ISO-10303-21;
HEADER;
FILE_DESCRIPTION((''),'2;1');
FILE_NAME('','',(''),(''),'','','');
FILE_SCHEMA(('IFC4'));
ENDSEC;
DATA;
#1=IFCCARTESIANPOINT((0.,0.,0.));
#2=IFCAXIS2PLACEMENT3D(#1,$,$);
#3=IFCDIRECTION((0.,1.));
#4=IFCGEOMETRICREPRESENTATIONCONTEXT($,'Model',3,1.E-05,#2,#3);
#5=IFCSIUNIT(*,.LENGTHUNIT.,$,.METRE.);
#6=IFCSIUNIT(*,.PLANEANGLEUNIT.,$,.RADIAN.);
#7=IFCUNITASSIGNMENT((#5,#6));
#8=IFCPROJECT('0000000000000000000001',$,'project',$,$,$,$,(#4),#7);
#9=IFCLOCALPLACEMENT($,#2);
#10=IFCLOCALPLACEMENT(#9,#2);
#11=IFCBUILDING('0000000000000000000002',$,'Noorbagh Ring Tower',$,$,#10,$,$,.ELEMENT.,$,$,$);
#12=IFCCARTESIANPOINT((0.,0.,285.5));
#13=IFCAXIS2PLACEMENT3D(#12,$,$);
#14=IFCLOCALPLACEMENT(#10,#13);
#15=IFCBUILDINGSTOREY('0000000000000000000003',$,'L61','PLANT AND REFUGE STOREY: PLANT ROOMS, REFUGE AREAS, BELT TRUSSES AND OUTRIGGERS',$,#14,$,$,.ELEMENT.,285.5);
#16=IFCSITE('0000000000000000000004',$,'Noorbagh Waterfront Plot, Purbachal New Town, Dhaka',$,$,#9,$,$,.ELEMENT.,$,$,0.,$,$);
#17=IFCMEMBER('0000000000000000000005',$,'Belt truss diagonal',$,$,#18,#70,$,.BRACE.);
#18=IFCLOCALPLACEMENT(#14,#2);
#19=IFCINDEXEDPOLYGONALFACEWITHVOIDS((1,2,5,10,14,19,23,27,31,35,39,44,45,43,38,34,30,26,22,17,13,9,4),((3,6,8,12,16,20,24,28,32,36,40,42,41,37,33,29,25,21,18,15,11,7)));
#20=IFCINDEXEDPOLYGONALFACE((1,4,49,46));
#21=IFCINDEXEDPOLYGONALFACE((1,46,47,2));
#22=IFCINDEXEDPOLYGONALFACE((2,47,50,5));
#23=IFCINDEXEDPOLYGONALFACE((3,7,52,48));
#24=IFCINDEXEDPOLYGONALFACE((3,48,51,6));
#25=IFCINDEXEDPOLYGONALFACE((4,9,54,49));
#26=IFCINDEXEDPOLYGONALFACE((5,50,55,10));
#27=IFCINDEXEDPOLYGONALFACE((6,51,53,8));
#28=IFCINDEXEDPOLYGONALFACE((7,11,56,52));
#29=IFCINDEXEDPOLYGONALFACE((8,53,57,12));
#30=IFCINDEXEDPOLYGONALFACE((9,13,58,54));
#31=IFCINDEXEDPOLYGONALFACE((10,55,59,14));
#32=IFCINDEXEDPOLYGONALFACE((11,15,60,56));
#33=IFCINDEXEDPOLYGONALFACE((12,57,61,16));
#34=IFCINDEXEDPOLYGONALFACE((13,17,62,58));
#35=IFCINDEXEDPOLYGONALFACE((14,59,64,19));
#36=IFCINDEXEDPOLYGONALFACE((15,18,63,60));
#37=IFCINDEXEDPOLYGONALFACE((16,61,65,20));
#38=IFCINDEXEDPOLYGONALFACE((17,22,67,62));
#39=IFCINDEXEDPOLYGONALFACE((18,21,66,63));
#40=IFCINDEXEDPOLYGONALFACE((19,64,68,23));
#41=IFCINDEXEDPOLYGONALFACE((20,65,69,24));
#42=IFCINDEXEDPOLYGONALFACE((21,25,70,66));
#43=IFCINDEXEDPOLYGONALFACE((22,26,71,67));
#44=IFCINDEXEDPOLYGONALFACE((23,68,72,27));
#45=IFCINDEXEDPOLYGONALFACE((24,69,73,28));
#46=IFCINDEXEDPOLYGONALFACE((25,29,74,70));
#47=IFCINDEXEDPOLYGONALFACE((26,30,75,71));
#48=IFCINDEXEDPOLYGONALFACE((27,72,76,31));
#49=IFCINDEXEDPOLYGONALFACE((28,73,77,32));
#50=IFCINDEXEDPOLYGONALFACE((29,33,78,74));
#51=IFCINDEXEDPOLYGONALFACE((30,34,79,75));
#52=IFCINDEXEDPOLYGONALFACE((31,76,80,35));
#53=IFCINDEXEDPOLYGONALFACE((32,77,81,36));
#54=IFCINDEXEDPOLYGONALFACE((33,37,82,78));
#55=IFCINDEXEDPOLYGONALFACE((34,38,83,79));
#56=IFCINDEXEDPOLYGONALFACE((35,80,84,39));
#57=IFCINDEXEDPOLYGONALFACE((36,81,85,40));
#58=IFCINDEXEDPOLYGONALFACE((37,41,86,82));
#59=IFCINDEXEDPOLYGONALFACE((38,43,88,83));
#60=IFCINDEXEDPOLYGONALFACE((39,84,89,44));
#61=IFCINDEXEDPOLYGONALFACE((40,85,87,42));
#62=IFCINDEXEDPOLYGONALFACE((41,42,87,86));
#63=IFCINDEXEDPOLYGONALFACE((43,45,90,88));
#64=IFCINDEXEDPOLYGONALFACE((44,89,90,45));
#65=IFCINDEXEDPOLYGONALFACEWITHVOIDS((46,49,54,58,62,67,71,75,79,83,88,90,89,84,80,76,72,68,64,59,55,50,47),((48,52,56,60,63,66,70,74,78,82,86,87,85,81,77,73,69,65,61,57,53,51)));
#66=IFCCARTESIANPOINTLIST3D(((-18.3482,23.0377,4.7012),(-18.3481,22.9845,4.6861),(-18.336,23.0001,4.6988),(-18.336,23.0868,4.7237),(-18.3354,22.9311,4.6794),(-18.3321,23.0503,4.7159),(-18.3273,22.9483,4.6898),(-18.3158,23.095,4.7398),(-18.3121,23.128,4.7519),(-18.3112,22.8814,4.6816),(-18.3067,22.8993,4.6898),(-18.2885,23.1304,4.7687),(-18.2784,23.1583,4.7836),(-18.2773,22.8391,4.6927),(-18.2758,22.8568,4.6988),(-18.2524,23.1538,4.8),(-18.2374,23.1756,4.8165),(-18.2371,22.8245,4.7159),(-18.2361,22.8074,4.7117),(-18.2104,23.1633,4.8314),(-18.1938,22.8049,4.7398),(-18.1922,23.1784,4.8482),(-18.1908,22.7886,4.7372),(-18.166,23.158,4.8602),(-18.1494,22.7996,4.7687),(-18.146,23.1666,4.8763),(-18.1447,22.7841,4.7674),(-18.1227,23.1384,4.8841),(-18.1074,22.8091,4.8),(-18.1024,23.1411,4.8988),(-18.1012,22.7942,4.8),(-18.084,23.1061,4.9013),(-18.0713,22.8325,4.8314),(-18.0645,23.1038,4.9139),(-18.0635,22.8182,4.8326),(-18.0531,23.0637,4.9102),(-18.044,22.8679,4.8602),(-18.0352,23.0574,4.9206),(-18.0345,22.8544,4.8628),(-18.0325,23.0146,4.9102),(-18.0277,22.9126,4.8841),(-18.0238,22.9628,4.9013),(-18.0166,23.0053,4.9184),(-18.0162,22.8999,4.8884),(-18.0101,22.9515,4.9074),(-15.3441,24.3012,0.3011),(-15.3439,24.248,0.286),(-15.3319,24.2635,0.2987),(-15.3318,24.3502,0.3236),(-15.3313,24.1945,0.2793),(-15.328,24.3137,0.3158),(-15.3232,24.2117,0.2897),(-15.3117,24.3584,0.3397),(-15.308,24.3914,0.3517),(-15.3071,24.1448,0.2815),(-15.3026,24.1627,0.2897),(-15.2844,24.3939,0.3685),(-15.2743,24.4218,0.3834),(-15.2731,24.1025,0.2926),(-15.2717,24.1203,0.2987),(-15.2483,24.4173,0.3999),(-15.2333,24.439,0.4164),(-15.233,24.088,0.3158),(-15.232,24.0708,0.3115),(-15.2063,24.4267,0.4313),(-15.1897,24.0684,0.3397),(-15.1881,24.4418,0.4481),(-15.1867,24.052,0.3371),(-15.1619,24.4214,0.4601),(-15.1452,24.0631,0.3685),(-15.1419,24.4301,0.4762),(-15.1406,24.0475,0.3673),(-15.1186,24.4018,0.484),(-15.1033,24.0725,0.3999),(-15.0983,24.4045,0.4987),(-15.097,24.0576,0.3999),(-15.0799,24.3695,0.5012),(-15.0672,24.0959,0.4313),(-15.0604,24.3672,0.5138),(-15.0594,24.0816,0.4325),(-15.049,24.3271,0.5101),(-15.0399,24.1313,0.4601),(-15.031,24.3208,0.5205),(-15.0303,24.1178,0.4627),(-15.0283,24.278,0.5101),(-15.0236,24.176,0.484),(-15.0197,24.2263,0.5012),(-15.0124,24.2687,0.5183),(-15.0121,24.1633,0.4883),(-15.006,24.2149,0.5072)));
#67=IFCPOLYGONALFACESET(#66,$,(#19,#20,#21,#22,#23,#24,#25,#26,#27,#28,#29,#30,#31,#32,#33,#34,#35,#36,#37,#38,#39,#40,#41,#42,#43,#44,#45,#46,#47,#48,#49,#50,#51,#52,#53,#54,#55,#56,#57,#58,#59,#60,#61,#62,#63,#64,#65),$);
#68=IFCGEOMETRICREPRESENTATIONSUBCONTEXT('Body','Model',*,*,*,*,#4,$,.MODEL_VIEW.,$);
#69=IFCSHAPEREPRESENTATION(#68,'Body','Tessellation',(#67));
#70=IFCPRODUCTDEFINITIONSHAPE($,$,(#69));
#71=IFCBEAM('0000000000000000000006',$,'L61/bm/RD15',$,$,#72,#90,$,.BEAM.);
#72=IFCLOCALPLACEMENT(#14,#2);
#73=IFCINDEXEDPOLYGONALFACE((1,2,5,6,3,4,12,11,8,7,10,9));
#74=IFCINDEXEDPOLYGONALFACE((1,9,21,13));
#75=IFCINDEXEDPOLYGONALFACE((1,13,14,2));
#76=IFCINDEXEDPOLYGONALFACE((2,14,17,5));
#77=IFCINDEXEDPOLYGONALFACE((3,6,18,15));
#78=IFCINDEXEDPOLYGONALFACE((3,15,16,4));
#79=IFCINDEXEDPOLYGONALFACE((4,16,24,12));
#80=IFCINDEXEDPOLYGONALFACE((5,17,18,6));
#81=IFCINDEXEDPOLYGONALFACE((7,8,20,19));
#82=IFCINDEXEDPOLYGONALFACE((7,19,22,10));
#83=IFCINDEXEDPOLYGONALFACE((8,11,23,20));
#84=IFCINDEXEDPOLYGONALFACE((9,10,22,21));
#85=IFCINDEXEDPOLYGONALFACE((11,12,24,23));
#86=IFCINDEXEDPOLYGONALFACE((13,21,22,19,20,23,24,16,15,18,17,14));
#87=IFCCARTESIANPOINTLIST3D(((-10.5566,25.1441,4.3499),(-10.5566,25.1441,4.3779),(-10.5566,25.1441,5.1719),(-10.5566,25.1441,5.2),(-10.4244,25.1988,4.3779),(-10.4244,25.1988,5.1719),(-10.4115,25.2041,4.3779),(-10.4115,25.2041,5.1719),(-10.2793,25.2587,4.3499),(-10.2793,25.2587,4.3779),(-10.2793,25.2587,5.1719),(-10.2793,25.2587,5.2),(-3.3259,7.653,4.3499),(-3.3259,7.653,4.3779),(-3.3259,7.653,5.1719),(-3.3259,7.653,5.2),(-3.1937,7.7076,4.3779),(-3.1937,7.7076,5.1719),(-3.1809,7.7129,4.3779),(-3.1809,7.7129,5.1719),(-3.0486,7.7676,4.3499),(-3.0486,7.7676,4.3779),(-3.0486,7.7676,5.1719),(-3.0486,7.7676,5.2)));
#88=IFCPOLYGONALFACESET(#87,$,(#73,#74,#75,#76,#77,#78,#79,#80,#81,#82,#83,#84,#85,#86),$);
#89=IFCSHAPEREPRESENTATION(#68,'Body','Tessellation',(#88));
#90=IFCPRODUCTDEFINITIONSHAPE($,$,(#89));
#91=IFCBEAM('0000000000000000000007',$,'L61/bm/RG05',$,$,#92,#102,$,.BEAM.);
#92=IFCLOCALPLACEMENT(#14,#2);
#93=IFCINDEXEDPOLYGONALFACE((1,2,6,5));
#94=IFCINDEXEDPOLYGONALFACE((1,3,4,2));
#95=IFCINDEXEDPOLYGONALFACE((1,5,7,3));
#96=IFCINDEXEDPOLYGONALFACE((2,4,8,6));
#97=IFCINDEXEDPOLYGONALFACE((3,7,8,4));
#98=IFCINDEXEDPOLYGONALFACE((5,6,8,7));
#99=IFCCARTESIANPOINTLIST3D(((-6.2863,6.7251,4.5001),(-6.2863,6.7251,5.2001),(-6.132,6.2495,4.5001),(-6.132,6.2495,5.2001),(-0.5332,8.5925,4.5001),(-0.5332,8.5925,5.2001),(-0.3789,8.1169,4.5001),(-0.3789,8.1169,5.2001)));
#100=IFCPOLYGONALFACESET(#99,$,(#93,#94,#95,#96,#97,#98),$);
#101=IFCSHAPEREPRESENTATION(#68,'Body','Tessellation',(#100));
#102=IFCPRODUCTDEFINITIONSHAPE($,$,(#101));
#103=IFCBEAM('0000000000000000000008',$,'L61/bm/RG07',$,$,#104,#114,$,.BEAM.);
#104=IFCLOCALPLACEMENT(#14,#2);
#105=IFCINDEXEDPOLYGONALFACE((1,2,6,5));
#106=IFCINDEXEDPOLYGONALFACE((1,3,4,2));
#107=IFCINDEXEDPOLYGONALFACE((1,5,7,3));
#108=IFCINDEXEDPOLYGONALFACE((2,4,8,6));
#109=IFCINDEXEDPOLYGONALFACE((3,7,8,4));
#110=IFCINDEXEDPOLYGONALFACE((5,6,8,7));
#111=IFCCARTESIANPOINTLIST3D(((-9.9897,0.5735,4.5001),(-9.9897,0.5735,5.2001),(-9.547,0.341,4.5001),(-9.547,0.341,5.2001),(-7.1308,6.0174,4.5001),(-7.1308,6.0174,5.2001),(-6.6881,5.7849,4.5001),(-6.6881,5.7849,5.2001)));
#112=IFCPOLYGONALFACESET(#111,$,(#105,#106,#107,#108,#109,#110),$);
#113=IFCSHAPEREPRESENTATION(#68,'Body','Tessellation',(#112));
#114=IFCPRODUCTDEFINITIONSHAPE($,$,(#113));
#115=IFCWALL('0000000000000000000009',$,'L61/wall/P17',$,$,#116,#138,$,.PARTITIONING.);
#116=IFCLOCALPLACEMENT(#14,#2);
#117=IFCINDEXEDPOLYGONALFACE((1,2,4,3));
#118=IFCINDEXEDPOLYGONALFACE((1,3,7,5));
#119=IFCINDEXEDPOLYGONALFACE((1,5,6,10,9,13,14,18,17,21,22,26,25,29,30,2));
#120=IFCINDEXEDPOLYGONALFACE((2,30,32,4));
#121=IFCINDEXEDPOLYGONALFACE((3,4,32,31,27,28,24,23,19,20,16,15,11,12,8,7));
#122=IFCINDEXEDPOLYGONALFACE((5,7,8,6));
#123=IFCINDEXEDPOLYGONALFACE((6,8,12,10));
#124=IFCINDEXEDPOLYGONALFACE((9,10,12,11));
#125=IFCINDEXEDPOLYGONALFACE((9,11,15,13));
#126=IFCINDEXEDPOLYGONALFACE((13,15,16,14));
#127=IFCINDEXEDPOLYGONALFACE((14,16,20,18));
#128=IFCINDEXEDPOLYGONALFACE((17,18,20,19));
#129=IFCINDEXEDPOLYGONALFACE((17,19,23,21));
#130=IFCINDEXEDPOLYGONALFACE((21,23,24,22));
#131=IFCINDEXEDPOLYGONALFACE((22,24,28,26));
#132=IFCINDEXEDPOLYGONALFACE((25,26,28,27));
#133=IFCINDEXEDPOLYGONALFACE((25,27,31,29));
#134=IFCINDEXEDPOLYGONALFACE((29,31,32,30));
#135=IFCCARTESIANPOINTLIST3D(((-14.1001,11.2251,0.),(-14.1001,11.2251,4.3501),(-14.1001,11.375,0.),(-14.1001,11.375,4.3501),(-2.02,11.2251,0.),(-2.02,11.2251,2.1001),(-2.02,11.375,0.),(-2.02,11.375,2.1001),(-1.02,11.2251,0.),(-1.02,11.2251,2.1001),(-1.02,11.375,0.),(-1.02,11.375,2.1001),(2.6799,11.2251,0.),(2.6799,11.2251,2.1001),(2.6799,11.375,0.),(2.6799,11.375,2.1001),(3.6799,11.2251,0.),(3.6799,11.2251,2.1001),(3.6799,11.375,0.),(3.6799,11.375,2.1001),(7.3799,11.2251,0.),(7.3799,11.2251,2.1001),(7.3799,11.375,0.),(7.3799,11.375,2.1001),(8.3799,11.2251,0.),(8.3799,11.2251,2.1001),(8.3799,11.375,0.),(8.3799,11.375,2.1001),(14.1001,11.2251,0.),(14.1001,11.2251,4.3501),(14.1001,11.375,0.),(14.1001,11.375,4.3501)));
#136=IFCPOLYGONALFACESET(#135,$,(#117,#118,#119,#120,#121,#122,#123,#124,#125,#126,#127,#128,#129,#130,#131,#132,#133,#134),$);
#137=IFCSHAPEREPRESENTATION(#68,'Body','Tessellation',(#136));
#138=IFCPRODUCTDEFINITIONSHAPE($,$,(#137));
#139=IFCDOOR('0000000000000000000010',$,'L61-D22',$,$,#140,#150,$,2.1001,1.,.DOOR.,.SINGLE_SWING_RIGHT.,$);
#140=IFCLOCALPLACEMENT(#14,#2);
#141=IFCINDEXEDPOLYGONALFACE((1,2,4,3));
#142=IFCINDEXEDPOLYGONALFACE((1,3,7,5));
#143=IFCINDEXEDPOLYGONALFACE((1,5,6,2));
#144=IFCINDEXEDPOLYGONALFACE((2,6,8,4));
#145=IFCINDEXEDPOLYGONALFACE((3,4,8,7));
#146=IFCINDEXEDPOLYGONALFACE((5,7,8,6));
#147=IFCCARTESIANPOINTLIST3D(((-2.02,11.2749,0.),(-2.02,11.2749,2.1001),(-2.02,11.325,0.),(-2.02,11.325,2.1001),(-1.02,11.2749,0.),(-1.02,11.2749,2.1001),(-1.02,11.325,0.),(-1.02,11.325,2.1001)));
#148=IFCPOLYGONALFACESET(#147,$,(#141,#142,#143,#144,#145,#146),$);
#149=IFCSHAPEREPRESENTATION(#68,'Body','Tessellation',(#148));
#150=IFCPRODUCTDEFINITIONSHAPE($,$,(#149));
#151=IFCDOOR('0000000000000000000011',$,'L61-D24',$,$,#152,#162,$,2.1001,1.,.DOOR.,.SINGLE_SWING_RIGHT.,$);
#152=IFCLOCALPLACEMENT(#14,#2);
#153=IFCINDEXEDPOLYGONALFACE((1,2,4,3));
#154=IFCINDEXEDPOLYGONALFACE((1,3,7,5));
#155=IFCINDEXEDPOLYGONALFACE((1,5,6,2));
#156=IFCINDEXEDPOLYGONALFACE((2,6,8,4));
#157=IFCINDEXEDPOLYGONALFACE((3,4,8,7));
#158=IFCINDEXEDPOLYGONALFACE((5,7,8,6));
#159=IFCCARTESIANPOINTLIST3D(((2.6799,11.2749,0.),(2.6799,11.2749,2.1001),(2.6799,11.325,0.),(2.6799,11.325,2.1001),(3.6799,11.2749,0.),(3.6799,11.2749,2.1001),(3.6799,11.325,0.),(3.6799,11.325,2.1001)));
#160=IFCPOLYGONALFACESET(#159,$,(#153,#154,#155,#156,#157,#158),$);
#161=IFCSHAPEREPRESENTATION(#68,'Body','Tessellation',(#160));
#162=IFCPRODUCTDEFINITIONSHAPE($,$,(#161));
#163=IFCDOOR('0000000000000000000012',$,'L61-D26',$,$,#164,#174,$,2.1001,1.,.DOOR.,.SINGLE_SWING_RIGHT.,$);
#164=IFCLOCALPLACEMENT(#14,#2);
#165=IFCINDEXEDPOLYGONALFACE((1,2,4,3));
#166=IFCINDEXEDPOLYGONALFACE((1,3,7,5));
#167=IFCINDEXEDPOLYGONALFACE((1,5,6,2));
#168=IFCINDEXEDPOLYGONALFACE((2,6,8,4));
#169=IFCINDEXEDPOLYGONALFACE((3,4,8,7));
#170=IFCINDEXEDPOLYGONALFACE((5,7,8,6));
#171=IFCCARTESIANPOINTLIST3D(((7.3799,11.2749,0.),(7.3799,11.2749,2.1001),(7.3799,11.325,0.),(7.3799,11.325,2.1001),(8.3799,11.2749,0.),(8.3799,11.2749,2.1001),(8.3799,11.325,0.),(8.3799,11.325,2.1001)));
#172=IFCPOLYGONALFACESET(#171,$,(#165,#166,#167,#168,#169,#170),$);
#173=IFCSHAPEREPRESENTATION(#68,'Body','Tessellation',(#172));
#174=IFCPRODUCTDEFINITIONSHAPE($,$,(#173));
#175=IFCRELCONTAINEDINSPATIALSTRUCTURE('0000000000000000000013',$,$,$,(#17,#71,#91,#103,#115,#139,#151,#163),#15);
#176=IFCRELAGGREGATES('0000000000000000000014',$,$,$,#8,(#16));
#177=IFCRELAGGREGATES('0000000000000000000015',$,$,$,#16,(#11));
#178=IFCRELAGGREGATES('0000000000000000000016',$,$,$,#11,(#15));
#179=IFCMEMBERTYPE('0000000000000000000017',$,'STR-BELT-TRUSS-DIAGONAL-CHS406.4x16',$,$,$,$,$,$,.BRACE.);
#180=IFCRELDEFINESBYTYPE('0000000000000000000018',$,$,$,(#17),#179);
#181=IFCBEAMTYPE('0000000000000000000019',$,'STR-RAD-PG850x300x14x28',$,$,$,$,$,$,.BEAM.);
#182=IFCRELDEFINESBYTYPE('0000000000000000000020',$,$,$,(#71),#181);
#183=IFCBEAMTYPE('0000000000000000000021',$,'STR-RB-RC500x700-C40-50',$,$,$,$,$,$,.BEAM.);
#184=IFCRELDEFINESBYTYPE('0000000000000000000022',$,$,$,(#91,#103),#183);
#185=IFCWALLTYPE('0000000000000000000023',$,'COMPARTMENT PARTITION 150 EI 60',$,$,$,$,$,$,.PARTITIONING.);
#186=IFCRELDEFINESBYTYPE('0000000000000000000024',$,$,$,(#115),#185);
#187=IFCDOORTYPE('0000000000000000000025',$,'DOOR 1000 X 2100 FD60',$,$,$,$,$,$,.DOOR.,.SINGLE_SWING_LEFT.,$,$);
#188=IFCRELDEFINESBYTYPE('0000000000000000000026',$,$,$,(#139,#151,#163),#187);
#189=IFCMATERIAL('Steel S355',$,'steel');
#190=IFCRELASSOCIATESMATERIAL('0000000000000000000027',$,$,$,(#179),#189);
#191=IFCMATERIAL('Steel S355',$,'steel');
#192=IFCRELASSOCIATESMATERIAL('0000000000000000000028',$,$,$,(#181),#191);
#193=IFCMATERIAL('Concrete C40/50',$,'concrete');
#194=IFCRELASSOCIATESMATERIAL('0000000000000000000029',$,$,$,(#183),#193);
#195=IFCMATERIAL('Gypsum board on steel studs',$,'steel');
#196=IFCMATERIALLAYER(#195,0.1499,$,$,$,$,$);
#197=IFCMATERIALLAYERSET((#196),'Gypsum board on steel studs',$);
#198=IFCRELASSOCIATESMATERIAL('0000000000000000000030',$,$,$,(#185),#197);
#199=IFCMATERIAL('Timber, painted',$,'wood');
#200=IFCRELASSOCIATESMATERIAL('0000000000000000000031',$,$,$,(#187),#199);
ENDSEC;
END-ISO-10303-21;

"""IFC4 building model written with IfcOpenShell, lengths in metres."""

from ifc_helpers import new_model, si_unit, direction, frame, frame_2d, origin, origin_2d, place, context, subcontext, project, spatial, rectangle, hollow_circle, i_section, extrude, material, layer, layer_set, material_profile, profile_set, type_object, element, fill, save


model = new_model("IFC4")

# Units and contexts
model_context = context("Model", 3, precision=1e-05, world=origin(), true_north=direction((0.0, 1.0)))
body_context = subcontext(model_context, "Body", "Model", "MODEL_VIEW")
ifc_project = project(units=[si_unit("LENGTHUNIT", "METRE"), si_unit("PLANEANGLEUNIT", "RADIAN")], contexts=[model_context])

# Site, building, storey
site_placement = place(None, origin())
site = spatial("IfcSite", under=ifc_project, at=site_placement, Name="Noorbagh Waterfront Plot, Purbachal New Town, Dhaka", CompositionType="ELEMENT", RefElevation=0.0)
building_placement = place(site_placement, origin())
building = spatial("IfcBuilding", under=site, at=building_placement, Name="Noorbagh Ring Tower", CompositionType="ELEMENT")
storey_placement = place(building_placement, frame((0.0, 0.0, 285.5)))
storey = spatial("IfcBuildingStorey", under=building, at=storey_placement, Name="L61", Description="PLANT AND REFUGE STOREY: PLANT ROOMS, REFUGE AREAS, BELT TRUSSES AND OUTRIGGERS", CompositionType="ELEMENT", Elevation=285.5)

# Member
ifc_material_1 = material(Name="Steel S355", Category="steel")
ifc_material_profile_1 = material_profile(ifc_material_1, hollow_circle(Radius=0.2031, WallThickness=0.0161, at=origin_2d()), Name="CHS406.4x16")
ifc_profile_set_1 = profile_set([ifc_material_profile_1], Name="Steel S355")
member_type = type_object("IfcMemberType", Name="STR-BELT-TRUSS-DIAGONAL-CHS406.4x16", PredefinedType="BRACE", material=ifc_profile_set_1)
member_1_placement = place(storey_placement, frame((-15.1758, 24.2449, 0.3999), z_axis=(-0.548641, -0.230737, 0.803588), x_axis=(0.387672, -0.921797, 0.0)))
element("IfcMember", 1, at=member_1_placement, inside=storey, type_object=member_type, Name="Belt truss diagonal", PredefinedType="BRACE", context=body_context, shape_type="SweptSolid", body=[
    extrude(hollow_circle(Radius=0.2031, WallThickness=0.0161, at=origin_2d()), origin(), (0.0, 0.0, 1.0), 5.4756),
])

# Beams
ifc_material_2 = material(Name="Steel S355", Category="steel")
ifc_material_profile_2 = material_profile(ifc_material_2, i_section(OverallWidth=0.3, OverallDepth=0.8501, WebThickness=0.0139, FlangeThickness=0.0281, at=origin_2d()), Name="PG850x300x14x28")
ifc_profile_set_2 = profile_set([ifc_material_profile_2], Name="Steel S355")
beam_type_1 = type_object("IfcBeamType", Name="STR-RAD-PG850x300x14x28", PredefinedType="BEAM", material=ifc_profile_set_2)
beam_1_placement = place(storey_placement, frame((-10.418, 25.2014, 4.7749), z_axis=(0.382035, -0.924148, 0.0), x_axis=(0.924148, 0.382035, 0.0)))
element("IfcBeam", 2, at=beam_1_placement, inside=storey, type_object=beam_type_1, Name="L61/bm/RD15", PredefinedType="BEAM", context=body_context, shape_type="SweptSolid", body=[
    extrude(i_section(OverallWidth=0.3, OverallDepth=0.8501, WebThickness=0.0139, FlangeThickness=0.0281, at=origin_2d()), origin(), (0.0, 0.0, 1.0), 18.9268),
])
ifc_material_3 = material(Name="Concrete C40/50", Category="concrete")
ifc_material_profile_3 = material_profile(ifc_material_3, rectangle(XDim=0.5, YDim=0.7, at=origin_2d()), Name="RC500x700")
ifc_profile_set_3 = profile_set([ifc_material_profile_3], Name="Concrete C40/50")
beam_type_2 = type_object("IfcBeamType", Name="STR-RB-RC500x700-C40-50", PredefinedType="BEAM", material=ifc_profile_set_3)
beam_2_placement = place(storey_placement, frame((-0.4561, 8.3547, 4.8501), z_axis=(-0.951148, -0.308735, 0.0), x_axis=(0.308735, -0.951148, 0.0)))
element("IfcBeam", 3, at=beam_2_placement, inside=storey, type_object=beam_type_2, Name="L61/bm/RG05", PredefinedType="BEAM", context=body_context, shape_type="SweptSolid", body=[
    extrude(rectangle(XDim=0.5, YDim=0.7, at=origin_2d()), origin(), (0.0, 0.0, 1.0), 6.0486),
])
beam_3_placement = place(storey_placement, frame((-6.9094, 5.9011, 4.8501), z_axis=(-0.464944, -0.88534, 0.0), x_axis=(0.88534, -0.464944, 0.0)))
element("IfcBeam", 4, at=beam_3_placement, inside=storey, type_object=beam_type_2, Name="L61/bm/RG07", PredefinedType="BEAM", context=body_context, shape_type="SweptSolid", body=[
    extrude(rectangle(XDim=0.5, YDim=0.7, at=origin_2d()), origin(), (0.0, 0.0, 1.0), 6.1489),
])

# Wall, openings, doors
ifc_material_4 = material(Name="Gypsum board on steel studs", Category="steel")
ifc_layer = layer(ifc_material_4, 0.1499)
ifc_layer_set = layer_set([ifc_layer], Name="Gypsum board on steel studs")
wall_type = type_object("IfcWallType", Name="COMPARTMENT PARTITION 150 EI 60", PredefinedType="PARTITIONING", material=ifc_layer_set)
wall_1_placement = place(storey_placement, frame((-14.1001, 11.3, 0.0), z_axis=(0.0, 0.0, 1.0), x_axis=(1.0, 0.0, 0.0)))
wall_1 = element("IfcWall", 5, at=wall_1_placement, inside=storey, type_object=wall_type, Name="L61/wall/P17", PredefinedType="PARTITIONING", context=body_context, shape_type="SweptSolid", body=[
    extrude(rectangle(XDim=28.2002, YDim=0.1499, at=frame_2d((14.1001, 0.0))), origin(), (0.0, 0.0, 1.0), 4.3501),
])
opening_1_placement = place(wall_1_placement, frame((12.0801, 0.0, 0.0)))
opening_1 = element("IfcOpeningElement", 6, at=opening_1_placement, cuts=wall_1, PredefinedType="OPENING", context=body_context, shape_type="SweptSolid", body=[
    extrude(rectangle(XDim=1.0, YDim=2.1001, at=frame_2d((0.5, 1.05))), frame((0.0, 0.085, 0.0), z_axis=(0.0, -1.0, 0.0), x_axis=(1.0, 0.0, 0.0)), (0.0, 0.0, 1.0), 0.1699),
])
opening_2_placement = place(wall_1_placement, frame((16.78, 0.0, 0.0)))
opening_2 = element("IfcOpeningElement", 7, at=opening_2_placement, cuts=wall_1, PredefinedType="OPENING", context=body_context, shape_type="SweptSolid", body=[
    extrude(rectangle(XDim=1.0, YDim=2.1001, at=frame_2d((0.5, 1.05))), frame((0.0, 0.085, 0.0), z_axis=(0.0, -1.0, 0.0), x_axis=(1.0, 0.0, 0.0)), (0.0, 0.0, 1.0), 0.1699),
])
opening_3_placement = place(wall_1_placement, frame((21.48, 0.0, 0.0)))
opening_3 = element("IfcOpeningElement", 8, at=opening_3_placement, cuts=wall_1, PredefinedType="OPENING", context=body_context, shape_type="SweptSolid", body=[
    extrude(rectangle(XDim=1.0, YDim=2.1001, at=frame_2d((0.5, 1.05))), frame((0.0, 0.085, 0.0), z_axis=(0.0, -1.0, 0.0), x_axis=(1.0, 0.0, 0.0)), (0.0, 0.0, 1.0), 0.1699),
])
ifc_material_5 = material(Name="Timber, painted", Category="wood")
door_type_1 = type_object("IfcDoorType", Name="DOOR 1000 X 2100 FD60", OperationType="SINGLE_SWING_LEFT", PredefinedType="DOOR", material=ifc_material_5)
door_1_placement = place(opening_1_placement, origin())
door_1 = element("IfcDoor", 9, at=door_1_placement, inside=storey, type_object=door_type_1, Name="L61-D22", OperationType="SINGLE_SWING_RIGHT", OverallHeight=2.1001, OverallWidth=1.0, PredefinedType="DOOR", context=body_context, shape_type="SweptSolid", body=[
    extrude(rectangle(XDim=1.0, YDim=2.1001, at=frame_2d((0.5, 1.05))), frame((0.0, 0.0249, 0.0), z_axis=(0.0, -1.0, 0.0), x_axis=(1.0, 0.0, 0.0)), (0.0, 0.0, 1.0), 0.05),
])
fill(opening_1, door_1)
door_2_placement = place(opening_2_placement, origin())
door_2 = element("IfcDoor", 10, at=door_2_placement, inside=storey, type_object=door_type_1, Name="L61-D24", OperationType="SINGLE_SWING_RIGHT", OverallHeight=2.1001, OverallWidth=1.0, PredefinedType="DOOR", context=body_context, shape_type="SweptSolid", body=[
    extrude(rectangle(XDim=1.0, YDim=2.1001, at=frame_2d((0.5, 1.05))), frame((0.0, 0.0249, 0.0), z_axis=(0.0, -1.0, 0.0), x_axis=(1.0, 0.0, 0.0)), (0.0, 0.0, 1.0), 0.05),
])
fill(opening_2, door_2)
door_3_placement = place(opening_3_placement, origin())
door_3 = element("IfcDoor", 11, at=door_3_placement, inside=storey, type_object=door_type_1, Name="L61-D26", OperationType="SINGLE_SWING_RIGHT", OverallHeight=2.1001, OverallWidth=1.0, PredefinedType="DOOR", context=body_context, shape_type="SweptSolid", body=[
    extrude(rectangle(XDim=1.0, YDim=2.1001, at=frame_2d((0.5, 1.05))), frame((0.0, 0.0249, 0.0), z_axis=(0.0, -1.0, 0.0), x_axis=(1.0, 0.0, 0.0)), (0.0, 0.0, 1.0), 0.05),
])
fill(opening_3, door_3)

save(model, "model.ifc")
